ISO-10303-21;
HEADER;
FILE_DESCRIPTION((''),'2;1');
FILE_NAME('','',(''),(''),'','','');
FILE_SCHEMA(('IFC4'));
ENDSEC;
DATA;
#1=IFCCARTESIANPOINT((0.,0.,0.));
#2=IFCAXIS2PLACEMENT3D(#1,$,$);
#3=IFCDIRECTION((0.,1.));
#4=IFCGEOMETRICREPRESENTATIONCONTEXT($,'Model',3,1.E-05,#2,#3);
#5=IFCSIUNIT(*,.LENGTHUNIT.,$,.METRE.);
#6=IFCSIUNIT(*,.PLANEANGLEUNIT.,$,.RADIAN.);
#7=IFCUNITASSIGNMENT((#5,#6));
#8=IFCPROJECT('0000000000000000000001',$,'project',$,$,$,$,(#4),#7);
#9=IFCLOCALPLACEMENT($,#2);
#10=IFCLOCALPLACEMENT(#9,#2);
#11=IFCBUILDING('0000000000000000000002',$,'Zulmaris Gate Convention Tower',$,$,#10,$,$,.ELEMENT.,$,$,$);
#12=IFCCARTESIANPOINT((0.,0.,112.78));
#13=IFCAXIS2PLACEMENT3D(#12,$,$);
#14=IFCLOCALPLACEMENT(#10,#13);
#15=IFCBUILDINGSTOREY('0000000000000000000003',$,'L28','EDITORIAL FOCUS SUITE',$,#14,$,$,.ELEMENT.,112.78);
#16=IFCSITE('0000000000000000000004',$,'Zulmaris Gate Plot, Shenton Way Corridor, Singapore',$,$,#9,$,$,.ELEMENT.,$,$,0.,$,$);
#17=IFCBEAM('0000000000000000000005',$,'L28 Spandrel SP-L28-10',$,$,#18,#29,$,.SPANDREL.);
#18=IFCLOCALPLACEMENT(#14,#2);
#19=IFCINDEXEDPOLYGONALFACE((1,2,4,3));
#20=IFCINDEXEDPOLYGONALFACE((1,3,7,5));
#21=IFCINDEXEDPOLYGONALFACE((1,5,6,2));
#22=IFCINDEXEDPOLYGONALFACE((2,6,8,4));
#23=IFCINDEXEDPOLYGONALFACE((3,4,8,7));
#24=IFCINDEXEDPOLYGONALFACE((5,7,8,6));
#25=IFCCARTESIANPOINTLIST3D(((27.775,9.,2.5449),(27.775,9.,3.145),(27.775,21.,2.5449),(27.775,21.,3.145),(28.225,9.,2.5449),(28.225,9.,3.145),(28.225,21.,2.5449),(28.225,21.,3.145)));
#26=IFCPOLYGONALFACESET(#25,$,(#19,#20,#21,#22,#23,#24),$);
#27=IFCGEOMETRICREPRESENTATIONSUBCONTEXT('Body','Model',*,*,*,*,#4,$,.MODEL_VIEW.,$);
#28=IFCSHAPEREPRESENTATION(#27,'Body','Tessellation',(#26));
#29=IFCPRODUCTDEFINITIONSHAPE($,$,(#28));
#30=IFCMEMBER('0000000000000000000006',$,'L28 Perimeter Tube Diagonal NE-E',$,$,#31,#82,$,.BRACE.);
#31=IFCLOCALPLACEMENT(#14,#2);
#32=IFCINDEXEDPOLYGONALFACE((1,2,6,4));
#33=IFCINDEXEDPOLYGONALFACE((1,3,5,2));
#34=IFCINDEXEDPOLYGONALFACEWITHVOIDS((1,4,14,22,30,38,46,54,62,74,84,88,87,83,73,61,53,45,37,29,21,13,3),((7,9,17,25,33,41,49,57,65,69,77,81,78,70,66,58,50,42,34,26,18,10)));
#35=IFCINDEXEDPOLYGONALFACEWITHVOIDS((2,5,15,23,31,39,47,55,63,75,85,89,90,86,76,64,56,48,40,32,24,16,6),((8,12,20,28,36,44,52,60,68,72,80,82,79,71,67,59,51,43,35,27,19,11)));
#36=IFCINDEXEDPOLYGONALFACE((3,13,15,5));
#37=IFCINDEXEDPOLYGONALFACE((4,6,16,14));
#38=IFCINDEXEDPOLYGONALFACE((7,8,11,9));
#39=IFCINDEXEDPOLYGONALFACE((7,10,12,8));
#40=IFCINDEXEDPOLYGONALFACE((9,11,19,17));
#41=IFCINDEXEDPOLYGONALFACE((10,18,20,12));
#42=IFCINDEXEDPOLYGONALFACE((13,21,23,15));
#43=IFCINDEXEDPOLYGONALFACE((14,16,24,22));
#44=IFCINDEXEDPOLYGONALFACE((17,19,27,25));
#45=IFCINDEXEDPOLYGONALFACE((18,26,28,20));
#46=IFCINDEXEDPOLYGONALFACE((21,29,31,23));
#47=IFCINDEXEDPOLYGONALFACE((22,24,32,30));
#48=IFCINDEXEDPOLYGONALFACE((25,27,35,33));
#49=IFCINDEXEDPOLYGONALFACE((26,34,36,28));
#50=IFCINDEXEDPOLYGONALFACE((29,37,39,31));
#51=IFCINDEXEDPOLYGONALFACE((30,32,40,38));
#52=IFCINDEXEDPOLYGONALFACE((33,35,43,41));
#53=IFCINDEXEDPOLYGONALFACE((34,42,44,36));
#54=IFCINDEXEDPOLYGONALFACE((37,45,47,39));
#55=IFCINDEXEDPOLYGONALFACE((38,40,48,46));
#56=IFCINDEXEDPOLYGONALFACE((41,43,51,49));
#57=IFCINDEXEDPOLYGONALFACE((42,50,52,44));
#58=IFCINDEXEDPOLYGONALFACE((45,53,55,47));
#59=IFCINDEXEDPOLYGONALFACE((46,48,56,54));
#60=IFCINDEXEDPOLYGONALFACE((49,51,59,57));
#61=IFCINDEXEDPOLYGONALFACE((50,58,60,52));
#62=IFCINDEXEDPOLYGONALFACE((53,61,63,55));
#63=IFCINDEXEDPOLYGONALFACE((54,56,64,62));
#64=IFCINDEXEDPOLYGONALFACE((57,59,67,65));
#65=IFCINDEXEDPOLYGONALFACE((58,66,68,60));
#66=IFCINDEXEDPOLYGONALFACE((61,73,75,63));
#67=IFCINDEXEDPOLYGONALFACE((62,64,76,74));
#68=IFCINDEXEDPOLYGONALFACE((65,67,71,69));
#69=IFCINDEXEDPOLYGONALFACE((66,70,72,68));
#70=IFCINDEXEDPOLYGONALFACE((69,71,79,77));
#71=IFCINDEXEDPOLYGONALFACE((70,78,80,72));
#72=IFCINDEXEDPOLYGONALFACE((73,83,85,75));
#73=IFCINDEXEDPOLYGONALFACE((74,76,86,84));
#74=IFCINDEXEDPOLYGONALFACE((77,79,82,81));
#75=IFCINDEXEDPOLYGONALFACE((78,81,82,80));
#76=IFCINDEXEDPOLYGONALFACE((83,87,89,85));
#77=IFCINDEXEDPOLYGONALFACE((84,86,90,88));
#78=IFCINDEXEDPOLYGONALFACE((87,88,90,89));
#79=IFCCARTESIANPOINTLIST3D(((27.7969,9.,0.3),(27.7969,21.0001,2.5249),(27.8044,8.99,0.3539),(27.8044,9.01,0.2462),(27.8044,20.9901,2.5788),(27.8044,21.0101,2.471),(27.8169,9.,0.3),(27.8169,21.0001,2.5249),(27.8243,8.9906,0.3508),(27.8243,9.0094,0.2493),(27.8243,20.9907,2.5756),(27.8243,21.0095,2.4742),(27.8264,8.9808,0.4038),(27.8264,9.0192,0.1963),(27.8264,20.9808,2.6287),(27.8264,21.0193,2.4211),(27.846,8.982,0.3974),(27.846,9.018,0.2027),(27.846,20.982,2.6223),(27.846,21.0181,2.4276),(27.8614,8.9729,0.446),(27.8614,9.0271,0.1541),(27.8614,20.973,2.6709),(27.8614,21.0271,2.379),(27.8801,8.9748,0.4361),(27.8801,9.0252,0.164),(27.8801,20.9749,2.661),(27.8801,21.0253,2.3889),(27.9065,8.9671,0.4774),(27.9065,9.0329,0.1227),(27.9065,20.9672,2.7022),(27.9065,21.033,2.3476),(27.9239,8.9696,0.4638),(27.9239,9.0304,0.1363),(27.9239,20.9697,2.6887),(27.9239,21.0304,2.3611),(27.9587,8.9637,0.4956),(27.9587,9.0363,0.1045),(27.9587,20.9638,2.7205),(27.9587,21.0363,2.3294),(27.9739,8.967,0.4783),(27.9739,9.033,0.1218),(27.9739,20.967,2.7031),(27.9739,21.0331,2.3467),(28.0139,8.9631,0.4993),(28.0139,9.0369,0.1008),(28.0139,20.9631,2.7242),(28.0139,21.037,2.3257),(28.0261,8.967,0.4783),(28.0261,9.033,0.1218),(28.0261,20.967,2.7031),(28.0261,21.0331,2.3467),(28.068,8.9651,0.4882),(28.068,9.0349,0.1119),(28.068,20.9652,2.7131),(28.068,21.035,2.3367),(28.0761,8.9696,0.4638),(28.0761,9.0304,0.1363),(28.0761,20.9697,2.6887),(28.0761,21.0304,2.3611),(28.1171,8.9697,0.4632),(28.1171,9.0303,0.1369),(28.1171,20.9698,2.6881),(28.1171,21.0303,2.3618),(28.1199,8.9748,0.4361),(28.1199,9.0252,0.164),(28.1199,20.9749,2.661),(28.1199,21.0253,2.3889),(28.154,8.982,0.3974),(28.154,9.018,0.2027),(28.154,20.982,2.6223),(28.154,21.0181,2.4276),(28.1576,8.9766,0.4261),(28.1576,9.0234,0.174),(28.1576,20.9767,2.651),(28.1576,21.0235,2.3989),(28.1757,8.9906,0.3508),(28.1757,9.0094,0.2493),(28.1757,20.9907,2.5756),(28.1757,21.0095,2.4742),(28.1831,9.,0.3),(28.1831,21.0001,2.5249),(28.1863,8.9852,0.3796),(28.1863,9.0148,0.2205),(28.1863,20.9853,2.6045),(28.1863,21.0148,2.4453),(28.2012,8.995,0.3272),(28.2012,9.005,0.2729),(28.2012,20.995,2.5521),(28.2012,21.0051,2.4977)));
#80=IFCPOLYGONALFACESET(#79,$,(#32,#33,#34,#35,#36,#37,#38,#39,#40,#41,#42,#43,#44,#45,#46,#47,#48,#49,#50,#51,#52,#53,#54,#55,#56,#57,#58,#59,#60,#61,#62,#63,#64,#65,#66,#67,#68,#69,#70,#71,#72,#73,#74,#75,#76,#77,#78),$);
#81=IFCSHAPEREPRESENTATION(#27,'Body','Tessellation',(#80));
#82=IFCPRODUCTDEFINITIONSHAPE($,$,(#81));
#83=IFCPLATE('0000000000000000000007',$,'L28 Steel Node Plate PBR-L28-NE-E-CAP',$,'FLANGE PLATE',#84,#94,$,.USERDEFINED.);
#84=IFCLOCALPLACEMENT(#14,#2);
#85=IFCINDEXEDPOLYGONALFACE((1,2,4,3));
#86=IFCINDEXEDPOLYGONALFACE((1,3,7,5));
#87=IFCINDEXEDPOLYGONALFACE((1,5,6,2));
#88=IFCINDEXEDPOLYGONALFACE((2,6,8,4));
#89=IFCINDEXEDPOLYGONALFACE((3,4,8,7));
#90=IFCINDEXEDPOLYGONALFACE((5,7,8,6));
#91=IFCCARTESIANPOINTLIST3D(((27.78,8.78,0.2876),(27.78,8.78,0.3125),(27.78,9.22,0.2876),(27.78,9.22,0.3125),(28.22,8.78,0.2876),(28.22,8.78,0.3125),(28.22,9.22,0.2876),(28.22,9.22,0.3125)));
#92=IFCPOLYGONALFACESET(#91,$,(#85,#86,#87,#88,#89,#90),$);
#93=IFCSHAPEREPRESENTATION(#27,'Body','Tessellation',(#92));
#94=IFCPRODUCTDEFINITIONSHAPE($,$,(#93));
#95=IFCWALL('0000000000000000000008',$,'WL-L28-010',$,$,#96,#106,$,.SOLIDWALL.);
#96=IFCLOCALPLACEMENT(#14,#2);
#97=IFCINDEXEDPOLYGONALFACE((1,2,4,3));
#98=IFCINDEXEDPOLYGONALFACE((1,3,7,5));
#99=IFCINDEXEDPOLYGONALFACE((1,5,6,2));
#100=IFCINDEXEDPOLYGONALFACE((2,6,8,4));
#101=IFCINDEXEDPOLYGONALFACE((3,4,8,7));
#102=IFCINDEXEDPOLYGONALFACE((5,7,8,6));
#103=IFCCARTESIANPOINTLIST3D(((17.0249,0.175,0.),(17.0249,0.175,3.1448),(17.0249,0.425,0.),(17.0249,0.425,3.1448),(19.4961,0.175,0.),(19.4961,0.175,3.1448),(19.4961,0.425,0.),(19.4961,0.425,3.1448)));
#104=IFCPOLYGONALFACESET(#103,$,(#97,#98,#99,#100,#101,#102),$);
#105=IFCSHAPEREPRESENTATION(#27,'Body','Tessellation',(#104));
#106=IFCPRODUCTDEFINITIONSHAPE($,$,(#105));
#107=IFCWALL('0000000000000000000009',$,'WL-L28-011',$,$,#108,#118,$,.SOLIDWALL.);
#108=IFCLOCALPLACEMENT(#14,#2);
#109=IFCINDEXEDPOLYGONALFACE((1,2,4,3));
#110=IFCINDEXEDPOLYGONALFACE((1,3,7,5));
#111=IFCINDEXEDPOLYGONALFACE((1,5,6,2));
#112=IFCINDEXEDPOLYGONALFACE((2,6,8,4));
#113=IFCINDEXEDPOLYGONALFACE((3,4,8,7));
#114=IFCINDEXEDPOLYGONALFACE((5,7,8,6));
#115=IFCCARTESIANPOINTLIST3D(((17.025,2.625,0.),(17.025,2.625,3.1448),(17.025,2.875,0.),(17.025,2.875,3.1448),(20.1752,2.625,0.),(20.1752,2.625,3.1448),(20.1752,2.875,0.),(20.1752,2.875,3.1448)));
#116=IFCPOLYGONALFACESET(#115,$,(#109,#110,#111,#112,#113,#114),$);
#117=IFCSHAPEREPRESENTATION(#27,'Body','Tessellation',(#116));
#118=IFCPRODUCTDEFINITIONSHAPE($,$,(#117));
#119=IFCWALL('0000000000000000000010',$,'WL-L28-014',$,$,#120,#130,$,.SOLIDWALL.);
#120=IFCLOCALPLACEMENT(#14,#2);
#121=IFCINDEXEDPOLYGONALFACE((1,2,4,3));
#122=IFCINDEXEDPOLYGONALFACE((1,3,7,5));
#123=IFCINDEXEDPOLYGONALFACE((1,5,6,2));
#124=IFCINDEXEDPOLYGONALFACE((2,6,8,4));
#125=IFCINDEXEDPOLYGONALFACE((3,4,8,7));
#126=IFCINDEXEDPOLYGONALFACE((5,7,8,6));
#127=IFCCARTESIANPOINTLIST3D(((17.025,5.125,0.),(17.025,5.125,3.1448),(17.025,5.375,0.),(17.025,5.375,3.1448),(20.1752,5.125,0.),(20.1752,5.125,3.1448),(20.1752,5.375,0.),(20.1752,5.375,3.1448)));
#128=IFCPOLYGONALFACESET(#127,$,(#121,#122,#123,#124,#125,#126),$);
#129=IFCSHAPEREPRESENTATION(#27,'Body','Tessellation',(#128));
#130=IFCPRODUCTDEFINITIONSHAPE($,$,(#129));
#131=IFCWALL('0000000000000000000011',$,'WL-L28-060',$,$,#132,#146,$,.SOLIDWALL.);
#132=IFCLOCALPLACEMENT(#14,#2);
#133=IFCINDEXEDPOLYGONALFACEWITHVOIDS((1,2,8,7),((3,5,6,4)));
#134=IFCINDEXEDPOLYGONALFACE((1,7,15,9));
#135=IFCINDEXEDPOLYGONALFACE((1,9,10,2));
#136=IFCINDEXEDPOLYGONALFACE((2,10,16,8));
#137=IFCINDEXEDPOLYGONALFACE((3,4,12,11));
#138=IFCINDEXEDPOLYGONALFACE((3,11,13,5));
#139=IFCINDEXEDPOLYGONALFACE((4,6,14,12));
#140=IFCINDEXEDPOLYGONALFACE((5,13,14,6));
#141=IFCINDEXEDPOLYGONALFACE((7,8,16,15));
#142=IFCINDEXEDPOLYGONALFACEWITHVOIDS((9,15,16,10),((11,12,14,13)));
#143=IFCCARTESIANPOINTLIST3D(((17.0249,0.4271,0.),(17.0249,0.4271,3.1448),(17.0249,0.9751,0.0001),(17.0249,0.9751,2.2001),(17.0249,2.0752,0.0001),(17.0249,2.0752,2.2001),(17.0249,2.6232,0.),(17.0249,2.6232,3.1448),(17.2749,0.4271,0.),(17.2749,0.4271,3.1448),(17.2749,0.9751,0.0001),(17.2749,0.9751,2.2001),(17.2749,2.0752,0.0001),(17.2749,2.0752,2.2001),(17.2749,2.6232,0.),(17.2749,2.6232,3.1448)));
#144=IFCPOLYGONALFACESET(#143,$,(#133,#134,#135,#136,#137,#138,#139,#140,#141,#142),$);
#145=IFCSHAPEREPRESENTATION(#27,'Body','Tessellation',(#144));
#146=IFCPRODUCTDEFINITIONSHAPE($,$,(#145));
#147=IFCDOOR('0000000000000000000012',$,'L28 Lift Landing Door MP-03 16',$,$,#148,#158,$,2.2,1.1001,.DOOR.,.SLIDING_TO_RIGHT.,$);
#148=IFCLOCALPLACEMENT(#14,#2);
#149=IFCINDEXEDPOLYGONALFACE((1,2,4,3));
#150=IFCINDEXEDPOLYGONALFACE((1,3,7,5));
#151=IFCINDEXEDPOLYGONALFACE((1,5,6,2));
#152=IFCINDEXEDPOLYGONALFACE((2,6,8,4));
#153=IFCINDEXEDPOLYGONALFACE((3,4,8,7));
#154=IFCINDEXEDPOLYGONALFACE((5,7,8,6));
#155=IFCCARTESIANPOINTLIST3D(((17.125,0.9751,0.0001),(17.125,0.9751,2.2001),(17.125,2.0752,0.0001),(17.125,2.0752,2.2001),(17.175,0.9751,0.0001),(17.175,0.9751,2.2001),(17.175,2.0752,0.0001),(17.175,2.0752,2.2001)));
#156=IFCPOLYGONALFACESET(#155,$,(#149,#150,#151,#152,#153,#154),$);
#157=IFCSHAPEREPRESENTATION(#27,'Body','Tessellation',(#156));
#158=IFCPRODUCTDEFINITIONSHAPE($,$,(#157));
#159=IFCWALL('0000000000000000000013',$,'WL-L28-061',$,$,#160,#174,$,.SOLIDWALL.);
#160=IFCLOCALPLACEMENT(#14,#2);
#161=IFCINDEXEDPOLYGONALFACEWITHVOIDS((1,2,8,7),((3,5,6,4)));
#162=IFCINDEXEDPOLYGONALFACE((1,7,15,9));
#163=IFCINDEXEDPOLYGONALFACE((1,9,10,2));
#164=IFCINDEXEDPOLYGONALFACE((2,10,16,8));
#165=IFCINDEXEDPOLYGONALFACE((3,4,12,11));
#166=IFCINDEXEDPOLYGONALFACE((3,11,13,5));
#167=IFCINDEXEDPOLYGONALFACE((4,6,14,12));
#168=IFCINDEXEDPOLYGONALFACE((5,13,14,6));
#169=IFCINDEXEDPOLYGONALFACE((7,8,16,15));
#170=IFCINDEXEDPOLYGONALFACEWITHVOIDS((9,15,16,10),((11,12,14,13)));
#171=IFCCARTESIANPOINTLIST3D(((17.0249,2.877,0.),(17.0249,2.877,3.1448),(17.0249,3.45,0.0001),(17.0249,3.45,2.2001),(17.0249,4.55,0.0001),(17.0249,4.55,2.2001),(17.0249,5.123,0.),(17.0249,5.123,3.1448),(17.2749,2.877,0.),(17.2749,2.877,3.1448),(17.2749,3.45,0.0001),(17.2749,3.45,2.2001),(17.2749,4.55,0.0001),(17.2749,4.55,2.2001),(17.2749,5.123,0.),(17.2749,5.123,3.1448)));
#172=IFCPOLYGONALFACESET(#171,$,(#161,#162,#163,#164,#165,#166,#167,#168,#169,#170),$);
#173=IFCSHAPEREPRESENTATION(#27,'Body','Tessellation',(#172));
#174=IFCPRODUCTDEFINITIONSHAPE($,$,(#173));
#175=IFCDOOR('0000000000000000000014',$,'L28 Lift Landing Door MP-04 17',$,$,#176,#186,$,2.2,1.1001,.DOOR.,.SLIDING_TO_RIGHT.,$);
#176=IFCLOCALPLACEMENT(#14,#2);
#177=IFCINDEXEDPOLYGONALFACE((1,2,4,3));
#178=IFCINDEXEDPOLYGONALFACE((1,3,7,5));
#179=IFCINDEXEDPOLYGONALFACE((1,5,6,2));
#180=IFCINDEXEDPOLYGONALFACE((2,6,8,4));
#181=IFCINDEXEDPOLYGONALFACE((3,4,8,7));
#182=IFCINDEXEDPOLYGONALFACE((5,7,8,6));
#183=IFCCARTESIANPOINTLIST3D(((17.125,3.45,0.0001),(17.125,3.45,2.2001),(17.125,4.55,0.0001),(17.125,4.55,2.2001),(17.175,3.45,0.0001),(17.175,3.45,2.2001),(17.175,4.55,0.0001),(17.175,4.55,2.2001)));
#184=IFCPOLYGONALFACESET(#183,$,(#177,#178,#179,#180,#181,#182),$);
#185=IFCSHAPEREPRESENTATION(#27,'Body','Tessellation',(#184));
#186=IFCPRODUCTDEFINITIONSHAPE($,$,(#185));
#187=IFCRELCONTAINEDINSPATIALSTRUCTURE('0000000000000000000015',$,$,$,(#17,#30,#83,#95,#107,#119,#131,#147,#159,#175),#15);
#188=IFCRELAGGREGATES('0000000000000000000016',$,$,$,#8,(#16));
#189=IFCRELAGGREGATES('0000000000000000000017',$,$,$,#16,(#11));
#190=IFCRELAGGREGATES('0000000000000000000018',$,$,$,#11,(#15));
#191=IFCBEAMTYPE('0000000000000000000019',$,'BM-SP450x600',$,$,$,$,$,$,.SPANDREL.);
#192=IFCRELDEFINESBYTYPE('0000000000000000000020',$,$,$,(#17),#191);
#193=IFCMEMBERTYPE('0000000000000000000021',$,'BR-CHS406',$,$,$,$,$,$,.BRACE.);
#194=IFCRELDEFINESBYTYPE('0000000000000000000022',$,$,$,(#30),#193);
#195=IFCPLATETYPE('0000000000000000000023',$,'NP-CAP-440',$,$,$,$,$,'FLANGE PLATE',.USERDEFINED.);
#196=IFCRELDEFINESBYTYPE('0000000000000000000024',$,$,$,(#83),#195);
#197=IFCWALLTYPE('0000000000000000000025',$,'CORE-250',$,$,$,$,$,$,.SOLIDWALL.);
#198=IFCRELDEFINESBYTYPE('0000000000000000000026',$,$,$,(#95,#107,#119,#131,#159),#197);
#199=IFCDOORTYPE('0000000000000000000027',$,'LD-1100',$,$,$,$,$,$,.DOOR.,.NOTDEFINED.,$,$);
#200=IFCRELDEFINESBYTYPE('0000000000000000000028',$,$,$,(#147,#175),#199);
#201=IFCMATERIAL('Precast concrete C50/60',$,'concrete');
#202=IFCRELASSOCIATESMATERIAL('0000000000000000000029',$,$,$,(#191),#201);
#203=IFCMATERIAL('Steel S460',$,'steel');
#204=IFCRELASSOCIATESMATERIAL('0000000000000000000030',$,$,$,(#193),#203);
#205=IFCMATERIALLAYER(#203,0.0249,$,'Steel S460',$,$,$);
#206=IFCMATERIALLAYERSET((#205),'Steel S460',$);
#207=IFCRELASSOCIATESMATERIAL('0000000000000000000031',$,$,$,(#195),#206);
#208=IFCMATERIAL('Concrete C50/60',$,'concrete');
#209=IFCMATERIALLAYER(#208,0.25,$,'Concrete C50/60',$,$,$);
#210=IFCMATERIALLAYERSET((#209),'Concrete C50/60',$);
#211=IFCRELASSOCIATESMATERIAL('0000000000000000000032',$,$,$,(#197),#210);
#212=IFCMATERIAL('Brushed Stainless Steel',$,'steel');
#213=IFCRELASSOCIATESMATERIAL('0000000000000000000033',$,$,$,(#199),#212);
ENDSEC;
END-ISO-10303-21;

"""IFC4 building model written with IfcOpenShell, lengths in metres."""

from ifc_helpers import new_model, si_unit, direction, frame, frame_2d, origin, origin_2d, place, context, subcontext, project, spatial, rectangle, hollow_circle, extrude, material, layer, layer_set, material_profile, profile_set, type_object, element, fill, save


model = new_model("IFC4")

# Units and contexts
model_context = context("Model", 3, precision=1e-05, world=origin(), true_north=direction((0.0, 1.0)))
body_context = subcontext(model_context, "Body", "Model", "MODEL_VIEW")
ifc_project = project(units=[si_unit("LENGTHUNIT", "METRE"), si_unit("PLANEANGLEUNIT", "RADIAN")], contexts=[model_context])

# Site, building, storey
site_placement = place(None, origin())
site = spatial("IfcSite", under=ifc_project, at=site_placement, Name="Zulmaris Gate Plot, Shenton Way Corridor, Singapore", CompositionType="ELEMENT", RefElevation=0.0)
building_placement = place(site_placement, origin())
building = spatial("IfcBuilding", under=site, at=building_placement, Name="Zulmaris Gate Convention Tower", CompositionType="ELEMENT")
storey_placement = place(building_placement, frame((0.0, 0.0, 112.78)))
storey = spatial("IfcBuildingStorey", under=building, at=storey_placement, Name="L28", Description="EDITORIAL FOCUS SUITE", CompositionType="ELEMENT", Elevation=112.78)

# Beam
ifc_material_1 = material(Name="Precast concrete C50/60", Category="concrete")
ifc_material_profile_1 = material_profile(ifc_material_1, rectangle(XDim=0.45, YDim=0.6001, at=origin_2d()), Name="RC SPANDREL 450x600")
ifc_profile_set_1 = profile_set([ifc_material_profile_1], Name="Precast concrete C50/60")
beam_type_1 = type_object("IfcBeamType", Name="BM-SP450x600", PredefinedType="SPANDREL", material=ifc_profile_set_1)
beam_1_placement = place(storey_placement, frame((28.0, 9.0, 2.845), z_axis=(0.0, 1.0, 0.0), x_axis=(-1.0, 0.0, 0.0)))
element("IfcBeam", 1, at=beam_1_placement, inside=storey, type_object=beam_type_1, Name="L28 Spandrel SP-L28-10", PredefinedType="SPANDREL", context=body_context, shape_type="SweptSolid", body=[
    extrude(rectangle(XDim=0.45, YDim=0.6001, at=origin_2d()), origin(), (0.0, 0.0, 1.0), 12.0),
])

# Member
ifc_material_2 = material(Name="Steel S460", Category="steel")
ifc_material_profile_2 = material_profile(ifc_material_2, hollow_circle(Radius=0.2031, WallThickness=0.02, at=origin_2d()), Name="CHS 406.4x20")
ifc_profile_set_2 = profile_set([ifc_material_profile_2], Name="Steel S460")
member_type = type_object("IfcMemberType", Name="BR-CHS406", PredefinedType="BRACE", material=ifc_profile_set_2)
member_placement = place(storey_placement, frame((28.0, 9.0, 0.3), z_axis=(0.0, 0.983243, 0.182298), x_axis=(-1.0, 0.0, 0.0)))
element("IfcMember", 2, at=member_placement, inside=storey, type_object=member_type, Name="L28 Perimeter Tube Diagonal NE-E", PredefinedType="BRACE", context=body_context, shape_type="SweptSolid", body=[
    extrude(hollow_circle(Radius=0.2031, WallThickness=0.02, at=origin_2d()), origin(), (0.0, 0.0, 1.0), 12.2046),
])

# Plate
ifc_layer_1 = layer(ifc_material_2, 0.0249, Name="Steel S460")
ifc_layer_set_1 = layer_set([ifc_layer_1], Name="Steel S460")
plate_type = type_object("IfcPlateType", Name="NP-CAP-440", ElementType="FLANGE PLATE", PredefinedType="USERDEFINED", material=ifc_layer_set_1)
plate_placement = place(storey_placement, frame((28.0, 9.0, 0.2876), z_axis=(0.0, 0.0, 1.0), x_axis=(1.0, 0.0, 0.0)))
element("IfcPlate", 3, at=plate_placement, inside=storey, type_object=plate_type, Name="L28 Steel Node Plate PBR-L28-NE-E-CAP", ObjectType="FLANGE PLATE", PredefinedType="USERDEFINED", context=body_context, shape_type="SweptSolid", body=[
    extrude(rectangle(XDim=0.4399, YDim=0.4399, at=origin_2d()), origin(), (0.0, 0.0, 1.0), 0.0249),
])

# Walls
ifc_material_3 = material(Name="Concrete C50/60", Category="concrete")
ifc_layer_2 = layer(ifc_material_3, 0.25, Name="Concrete C50/60")
ifc_layer_set_2 = layer_set([ifc_layer_2], Name="Concrete C50/60")
wall_type_1 = type_object("IfcWallType", Name="CORE-250", PredefinedType="SOLIDWALL", material=ifc_layer_set_2)
wall_1_placement = place(storey_placement, frame((17.0249, 0.3, 0.0), z_axis=(0.0, 0.0, 1.0), x_axis=(1.0, 0.0, 0.0)))
element("IfcWall", 4, at=wall_1_placement, inside=storey, type_object=wall_type_1, Name="WL-L28-010", PredefinedType="SOLIDWALL", context=body_context, shape_type="SweptSolid", body=[
    extrude(rectangle(XDim=2.4712, YDim=0.25, at=frame_2d((1.2356, 0.0))), origin(), (0.0, 0.0, 1.0), 3.1448),
])
for number, where, z_axis, x_axis, name in (
    (5, (17.0249, 2.75, 0.0), (0.0, 0.0, 1.0), (1.0, 0.0, 0.0), "WL-L28-011"),
    (6, (17.0249, 5.25, 0.0), (0.0, 0.0, 1.0), (1.0, 0.0, 0.0), "WL-L28-014"),
):
    element("IfcWall", number, at=place(storey_placement, frame(where, z_axis=z_axis, x_axis=x_axis)), inside=storey, type_object=wall_type_1, Name=name, PredefinedType="SOLIDWALL", context=body_context, shape_type="SweptSolid", body=[
        extrude(rectangle(XDim=3.1501, YDim=0.25, at=frame_2d((1.5752, 0.0))), origin(), (0.0, 0.0, 1.0), 3.1448),
    ])

# Walls, openings, doors
wall_2_placement = place(storey_placement, frame((17.1499, 0.427, 0.0), z_axis=(0.0, 0.0, 1.0), x_axis=(0.0, 1.0, 0.0)))
wall_2 = element("IfcWall", 7, at=wall_2_placement, inside=storey, type_object=wall_type_1, Name="WL-L28-060", PredefinedType="SOLIDWALL", context=body_context, shape_type="SweptSolid", body=[
    extrude(rectangle(XDim=2.196, YDim=0.25, at=frame_2d((1.0981, 0.0))), origin(), (0.0, 0.0, 1.0), 3.1448),
])
opening_1_placement = place(wall_2_placement, frame((0.5481, 0.0, 0.0)))
opening_1 = element("IfcOpeningElement", 8, at=opening_1_placement, cuts=wall_2, PredefinedType="OPENING", context=body_context, shape_type="SweptSolid", body=[
    extrude(rectangle(XDim=1.1001, YDim=2.2, at=frame_2d((0.55, 1.1001))), frame((0.0, 0.135, 0.0), z_axis=(0.0, -1.0, 0.0), x_axis=(1.0, 0.0, 0.0)), (0.0, 0.0, 1.0), 0.27),
])
ifc_material_4 = material(Name="Brushed Stainless Steel", Category="steel")
door_type = type_object("IfcDoorType", Name="LD-1100", OperationType="NOTDEFINED", PredefinedType="DOOR", material=ifc_material_4)
door_1_placement = place(opening_1_placement, origin())
door_1 = element("IfcDoor", 9, at=door_1_placement, inside=storey, type_object=door_type, Name="L28 Lift Landing Door MP-03 16", OperationType="SLIDING_TO_RIGHT", OverallHeight=2.2, OverallWidth=1.1001, PredefinedType="DOOR", context=body_context, shape_type="SweptSolid", body=[
    extrude(rectangle(XDim=1.1001, YDim=2.2, at=frame_2d((0.55, 1.1001))), frame((0.0, 0.0249, 0.0), z_axis=(0.0, -1.0, 0.0), x_axis=(1.0, 0.0, 0.0)), (0.0, 0.0, 1.0), 0.05),
])
fill(opening_1, door_1)
wall_3_placement = place(storey_placement, frame((17.1499, 2.877, 0.0), z_axis=(0.0, 0.0, 1.0), x_axis=(0.0, 1.0, 0.0)))
wall_3 = element("IfcWall", 10, at=wall_3_placement, inside=storey, type_object=wall_type_1, Name="WL-L28-061", PredefinedType="SOLIDWALL", context=body_context, shape_type="SweptSolid", body=[
    extrude(rectangle(XDim=2.2461, YDim=0.25, at=frame_2d((1.123, 0.0))), origin(), (0.0, 0.0, 1.0), 3.1448),
])
opening_2_placement = place(wall_3_placement, frame((0.573, 0.0, 0.0)))
opening_2 = element("IfcOpeningElement", 11, at=opening_2_placement, cuts=wall_3, PredefinedType="OPENING", context=body_context, shape_type="SweptSolid", body=[
    extrude(rectangle(XDim=1.1001, YDim=2.2, at=frame_2d((0.55, 1.1001))), frame((0.0, 0.135, 0.0), z_axis=(0.0, -1.0, 0.0), x_axis=(1.0, 0.0, 0.0)), (0.0, 0.0, 1.0), 0.27),
])
door_2_placement = place(opening_2_placement, origin())
door_2 = element("IfcDoor", 12, at=door_2_placement, inside=storey, type_object=door_type, Name="L28 Lift Landing Door MP-04 17", OperationType="SLIDING_TO_RIGHT", OverallHeight=2.2, OverallWidth=1.1001, PredefinedType="DOOR", context=body_context, shape_type="SweptSolid", body=[
    extrude(rectangle(XDim=1.1001, YDim=2.2, at=frame_2d((0.55, 1.1001))), frame((0.0, 0.0249, 0.0), z_axis=(0.0, -1.0, 0.0), x_axis=(1.0, 0.0, 0.0)), (0.0, 0.0, 1.0), 0.05),
])
fill(opening_2, door_2)

save(model, "model.ifc")
